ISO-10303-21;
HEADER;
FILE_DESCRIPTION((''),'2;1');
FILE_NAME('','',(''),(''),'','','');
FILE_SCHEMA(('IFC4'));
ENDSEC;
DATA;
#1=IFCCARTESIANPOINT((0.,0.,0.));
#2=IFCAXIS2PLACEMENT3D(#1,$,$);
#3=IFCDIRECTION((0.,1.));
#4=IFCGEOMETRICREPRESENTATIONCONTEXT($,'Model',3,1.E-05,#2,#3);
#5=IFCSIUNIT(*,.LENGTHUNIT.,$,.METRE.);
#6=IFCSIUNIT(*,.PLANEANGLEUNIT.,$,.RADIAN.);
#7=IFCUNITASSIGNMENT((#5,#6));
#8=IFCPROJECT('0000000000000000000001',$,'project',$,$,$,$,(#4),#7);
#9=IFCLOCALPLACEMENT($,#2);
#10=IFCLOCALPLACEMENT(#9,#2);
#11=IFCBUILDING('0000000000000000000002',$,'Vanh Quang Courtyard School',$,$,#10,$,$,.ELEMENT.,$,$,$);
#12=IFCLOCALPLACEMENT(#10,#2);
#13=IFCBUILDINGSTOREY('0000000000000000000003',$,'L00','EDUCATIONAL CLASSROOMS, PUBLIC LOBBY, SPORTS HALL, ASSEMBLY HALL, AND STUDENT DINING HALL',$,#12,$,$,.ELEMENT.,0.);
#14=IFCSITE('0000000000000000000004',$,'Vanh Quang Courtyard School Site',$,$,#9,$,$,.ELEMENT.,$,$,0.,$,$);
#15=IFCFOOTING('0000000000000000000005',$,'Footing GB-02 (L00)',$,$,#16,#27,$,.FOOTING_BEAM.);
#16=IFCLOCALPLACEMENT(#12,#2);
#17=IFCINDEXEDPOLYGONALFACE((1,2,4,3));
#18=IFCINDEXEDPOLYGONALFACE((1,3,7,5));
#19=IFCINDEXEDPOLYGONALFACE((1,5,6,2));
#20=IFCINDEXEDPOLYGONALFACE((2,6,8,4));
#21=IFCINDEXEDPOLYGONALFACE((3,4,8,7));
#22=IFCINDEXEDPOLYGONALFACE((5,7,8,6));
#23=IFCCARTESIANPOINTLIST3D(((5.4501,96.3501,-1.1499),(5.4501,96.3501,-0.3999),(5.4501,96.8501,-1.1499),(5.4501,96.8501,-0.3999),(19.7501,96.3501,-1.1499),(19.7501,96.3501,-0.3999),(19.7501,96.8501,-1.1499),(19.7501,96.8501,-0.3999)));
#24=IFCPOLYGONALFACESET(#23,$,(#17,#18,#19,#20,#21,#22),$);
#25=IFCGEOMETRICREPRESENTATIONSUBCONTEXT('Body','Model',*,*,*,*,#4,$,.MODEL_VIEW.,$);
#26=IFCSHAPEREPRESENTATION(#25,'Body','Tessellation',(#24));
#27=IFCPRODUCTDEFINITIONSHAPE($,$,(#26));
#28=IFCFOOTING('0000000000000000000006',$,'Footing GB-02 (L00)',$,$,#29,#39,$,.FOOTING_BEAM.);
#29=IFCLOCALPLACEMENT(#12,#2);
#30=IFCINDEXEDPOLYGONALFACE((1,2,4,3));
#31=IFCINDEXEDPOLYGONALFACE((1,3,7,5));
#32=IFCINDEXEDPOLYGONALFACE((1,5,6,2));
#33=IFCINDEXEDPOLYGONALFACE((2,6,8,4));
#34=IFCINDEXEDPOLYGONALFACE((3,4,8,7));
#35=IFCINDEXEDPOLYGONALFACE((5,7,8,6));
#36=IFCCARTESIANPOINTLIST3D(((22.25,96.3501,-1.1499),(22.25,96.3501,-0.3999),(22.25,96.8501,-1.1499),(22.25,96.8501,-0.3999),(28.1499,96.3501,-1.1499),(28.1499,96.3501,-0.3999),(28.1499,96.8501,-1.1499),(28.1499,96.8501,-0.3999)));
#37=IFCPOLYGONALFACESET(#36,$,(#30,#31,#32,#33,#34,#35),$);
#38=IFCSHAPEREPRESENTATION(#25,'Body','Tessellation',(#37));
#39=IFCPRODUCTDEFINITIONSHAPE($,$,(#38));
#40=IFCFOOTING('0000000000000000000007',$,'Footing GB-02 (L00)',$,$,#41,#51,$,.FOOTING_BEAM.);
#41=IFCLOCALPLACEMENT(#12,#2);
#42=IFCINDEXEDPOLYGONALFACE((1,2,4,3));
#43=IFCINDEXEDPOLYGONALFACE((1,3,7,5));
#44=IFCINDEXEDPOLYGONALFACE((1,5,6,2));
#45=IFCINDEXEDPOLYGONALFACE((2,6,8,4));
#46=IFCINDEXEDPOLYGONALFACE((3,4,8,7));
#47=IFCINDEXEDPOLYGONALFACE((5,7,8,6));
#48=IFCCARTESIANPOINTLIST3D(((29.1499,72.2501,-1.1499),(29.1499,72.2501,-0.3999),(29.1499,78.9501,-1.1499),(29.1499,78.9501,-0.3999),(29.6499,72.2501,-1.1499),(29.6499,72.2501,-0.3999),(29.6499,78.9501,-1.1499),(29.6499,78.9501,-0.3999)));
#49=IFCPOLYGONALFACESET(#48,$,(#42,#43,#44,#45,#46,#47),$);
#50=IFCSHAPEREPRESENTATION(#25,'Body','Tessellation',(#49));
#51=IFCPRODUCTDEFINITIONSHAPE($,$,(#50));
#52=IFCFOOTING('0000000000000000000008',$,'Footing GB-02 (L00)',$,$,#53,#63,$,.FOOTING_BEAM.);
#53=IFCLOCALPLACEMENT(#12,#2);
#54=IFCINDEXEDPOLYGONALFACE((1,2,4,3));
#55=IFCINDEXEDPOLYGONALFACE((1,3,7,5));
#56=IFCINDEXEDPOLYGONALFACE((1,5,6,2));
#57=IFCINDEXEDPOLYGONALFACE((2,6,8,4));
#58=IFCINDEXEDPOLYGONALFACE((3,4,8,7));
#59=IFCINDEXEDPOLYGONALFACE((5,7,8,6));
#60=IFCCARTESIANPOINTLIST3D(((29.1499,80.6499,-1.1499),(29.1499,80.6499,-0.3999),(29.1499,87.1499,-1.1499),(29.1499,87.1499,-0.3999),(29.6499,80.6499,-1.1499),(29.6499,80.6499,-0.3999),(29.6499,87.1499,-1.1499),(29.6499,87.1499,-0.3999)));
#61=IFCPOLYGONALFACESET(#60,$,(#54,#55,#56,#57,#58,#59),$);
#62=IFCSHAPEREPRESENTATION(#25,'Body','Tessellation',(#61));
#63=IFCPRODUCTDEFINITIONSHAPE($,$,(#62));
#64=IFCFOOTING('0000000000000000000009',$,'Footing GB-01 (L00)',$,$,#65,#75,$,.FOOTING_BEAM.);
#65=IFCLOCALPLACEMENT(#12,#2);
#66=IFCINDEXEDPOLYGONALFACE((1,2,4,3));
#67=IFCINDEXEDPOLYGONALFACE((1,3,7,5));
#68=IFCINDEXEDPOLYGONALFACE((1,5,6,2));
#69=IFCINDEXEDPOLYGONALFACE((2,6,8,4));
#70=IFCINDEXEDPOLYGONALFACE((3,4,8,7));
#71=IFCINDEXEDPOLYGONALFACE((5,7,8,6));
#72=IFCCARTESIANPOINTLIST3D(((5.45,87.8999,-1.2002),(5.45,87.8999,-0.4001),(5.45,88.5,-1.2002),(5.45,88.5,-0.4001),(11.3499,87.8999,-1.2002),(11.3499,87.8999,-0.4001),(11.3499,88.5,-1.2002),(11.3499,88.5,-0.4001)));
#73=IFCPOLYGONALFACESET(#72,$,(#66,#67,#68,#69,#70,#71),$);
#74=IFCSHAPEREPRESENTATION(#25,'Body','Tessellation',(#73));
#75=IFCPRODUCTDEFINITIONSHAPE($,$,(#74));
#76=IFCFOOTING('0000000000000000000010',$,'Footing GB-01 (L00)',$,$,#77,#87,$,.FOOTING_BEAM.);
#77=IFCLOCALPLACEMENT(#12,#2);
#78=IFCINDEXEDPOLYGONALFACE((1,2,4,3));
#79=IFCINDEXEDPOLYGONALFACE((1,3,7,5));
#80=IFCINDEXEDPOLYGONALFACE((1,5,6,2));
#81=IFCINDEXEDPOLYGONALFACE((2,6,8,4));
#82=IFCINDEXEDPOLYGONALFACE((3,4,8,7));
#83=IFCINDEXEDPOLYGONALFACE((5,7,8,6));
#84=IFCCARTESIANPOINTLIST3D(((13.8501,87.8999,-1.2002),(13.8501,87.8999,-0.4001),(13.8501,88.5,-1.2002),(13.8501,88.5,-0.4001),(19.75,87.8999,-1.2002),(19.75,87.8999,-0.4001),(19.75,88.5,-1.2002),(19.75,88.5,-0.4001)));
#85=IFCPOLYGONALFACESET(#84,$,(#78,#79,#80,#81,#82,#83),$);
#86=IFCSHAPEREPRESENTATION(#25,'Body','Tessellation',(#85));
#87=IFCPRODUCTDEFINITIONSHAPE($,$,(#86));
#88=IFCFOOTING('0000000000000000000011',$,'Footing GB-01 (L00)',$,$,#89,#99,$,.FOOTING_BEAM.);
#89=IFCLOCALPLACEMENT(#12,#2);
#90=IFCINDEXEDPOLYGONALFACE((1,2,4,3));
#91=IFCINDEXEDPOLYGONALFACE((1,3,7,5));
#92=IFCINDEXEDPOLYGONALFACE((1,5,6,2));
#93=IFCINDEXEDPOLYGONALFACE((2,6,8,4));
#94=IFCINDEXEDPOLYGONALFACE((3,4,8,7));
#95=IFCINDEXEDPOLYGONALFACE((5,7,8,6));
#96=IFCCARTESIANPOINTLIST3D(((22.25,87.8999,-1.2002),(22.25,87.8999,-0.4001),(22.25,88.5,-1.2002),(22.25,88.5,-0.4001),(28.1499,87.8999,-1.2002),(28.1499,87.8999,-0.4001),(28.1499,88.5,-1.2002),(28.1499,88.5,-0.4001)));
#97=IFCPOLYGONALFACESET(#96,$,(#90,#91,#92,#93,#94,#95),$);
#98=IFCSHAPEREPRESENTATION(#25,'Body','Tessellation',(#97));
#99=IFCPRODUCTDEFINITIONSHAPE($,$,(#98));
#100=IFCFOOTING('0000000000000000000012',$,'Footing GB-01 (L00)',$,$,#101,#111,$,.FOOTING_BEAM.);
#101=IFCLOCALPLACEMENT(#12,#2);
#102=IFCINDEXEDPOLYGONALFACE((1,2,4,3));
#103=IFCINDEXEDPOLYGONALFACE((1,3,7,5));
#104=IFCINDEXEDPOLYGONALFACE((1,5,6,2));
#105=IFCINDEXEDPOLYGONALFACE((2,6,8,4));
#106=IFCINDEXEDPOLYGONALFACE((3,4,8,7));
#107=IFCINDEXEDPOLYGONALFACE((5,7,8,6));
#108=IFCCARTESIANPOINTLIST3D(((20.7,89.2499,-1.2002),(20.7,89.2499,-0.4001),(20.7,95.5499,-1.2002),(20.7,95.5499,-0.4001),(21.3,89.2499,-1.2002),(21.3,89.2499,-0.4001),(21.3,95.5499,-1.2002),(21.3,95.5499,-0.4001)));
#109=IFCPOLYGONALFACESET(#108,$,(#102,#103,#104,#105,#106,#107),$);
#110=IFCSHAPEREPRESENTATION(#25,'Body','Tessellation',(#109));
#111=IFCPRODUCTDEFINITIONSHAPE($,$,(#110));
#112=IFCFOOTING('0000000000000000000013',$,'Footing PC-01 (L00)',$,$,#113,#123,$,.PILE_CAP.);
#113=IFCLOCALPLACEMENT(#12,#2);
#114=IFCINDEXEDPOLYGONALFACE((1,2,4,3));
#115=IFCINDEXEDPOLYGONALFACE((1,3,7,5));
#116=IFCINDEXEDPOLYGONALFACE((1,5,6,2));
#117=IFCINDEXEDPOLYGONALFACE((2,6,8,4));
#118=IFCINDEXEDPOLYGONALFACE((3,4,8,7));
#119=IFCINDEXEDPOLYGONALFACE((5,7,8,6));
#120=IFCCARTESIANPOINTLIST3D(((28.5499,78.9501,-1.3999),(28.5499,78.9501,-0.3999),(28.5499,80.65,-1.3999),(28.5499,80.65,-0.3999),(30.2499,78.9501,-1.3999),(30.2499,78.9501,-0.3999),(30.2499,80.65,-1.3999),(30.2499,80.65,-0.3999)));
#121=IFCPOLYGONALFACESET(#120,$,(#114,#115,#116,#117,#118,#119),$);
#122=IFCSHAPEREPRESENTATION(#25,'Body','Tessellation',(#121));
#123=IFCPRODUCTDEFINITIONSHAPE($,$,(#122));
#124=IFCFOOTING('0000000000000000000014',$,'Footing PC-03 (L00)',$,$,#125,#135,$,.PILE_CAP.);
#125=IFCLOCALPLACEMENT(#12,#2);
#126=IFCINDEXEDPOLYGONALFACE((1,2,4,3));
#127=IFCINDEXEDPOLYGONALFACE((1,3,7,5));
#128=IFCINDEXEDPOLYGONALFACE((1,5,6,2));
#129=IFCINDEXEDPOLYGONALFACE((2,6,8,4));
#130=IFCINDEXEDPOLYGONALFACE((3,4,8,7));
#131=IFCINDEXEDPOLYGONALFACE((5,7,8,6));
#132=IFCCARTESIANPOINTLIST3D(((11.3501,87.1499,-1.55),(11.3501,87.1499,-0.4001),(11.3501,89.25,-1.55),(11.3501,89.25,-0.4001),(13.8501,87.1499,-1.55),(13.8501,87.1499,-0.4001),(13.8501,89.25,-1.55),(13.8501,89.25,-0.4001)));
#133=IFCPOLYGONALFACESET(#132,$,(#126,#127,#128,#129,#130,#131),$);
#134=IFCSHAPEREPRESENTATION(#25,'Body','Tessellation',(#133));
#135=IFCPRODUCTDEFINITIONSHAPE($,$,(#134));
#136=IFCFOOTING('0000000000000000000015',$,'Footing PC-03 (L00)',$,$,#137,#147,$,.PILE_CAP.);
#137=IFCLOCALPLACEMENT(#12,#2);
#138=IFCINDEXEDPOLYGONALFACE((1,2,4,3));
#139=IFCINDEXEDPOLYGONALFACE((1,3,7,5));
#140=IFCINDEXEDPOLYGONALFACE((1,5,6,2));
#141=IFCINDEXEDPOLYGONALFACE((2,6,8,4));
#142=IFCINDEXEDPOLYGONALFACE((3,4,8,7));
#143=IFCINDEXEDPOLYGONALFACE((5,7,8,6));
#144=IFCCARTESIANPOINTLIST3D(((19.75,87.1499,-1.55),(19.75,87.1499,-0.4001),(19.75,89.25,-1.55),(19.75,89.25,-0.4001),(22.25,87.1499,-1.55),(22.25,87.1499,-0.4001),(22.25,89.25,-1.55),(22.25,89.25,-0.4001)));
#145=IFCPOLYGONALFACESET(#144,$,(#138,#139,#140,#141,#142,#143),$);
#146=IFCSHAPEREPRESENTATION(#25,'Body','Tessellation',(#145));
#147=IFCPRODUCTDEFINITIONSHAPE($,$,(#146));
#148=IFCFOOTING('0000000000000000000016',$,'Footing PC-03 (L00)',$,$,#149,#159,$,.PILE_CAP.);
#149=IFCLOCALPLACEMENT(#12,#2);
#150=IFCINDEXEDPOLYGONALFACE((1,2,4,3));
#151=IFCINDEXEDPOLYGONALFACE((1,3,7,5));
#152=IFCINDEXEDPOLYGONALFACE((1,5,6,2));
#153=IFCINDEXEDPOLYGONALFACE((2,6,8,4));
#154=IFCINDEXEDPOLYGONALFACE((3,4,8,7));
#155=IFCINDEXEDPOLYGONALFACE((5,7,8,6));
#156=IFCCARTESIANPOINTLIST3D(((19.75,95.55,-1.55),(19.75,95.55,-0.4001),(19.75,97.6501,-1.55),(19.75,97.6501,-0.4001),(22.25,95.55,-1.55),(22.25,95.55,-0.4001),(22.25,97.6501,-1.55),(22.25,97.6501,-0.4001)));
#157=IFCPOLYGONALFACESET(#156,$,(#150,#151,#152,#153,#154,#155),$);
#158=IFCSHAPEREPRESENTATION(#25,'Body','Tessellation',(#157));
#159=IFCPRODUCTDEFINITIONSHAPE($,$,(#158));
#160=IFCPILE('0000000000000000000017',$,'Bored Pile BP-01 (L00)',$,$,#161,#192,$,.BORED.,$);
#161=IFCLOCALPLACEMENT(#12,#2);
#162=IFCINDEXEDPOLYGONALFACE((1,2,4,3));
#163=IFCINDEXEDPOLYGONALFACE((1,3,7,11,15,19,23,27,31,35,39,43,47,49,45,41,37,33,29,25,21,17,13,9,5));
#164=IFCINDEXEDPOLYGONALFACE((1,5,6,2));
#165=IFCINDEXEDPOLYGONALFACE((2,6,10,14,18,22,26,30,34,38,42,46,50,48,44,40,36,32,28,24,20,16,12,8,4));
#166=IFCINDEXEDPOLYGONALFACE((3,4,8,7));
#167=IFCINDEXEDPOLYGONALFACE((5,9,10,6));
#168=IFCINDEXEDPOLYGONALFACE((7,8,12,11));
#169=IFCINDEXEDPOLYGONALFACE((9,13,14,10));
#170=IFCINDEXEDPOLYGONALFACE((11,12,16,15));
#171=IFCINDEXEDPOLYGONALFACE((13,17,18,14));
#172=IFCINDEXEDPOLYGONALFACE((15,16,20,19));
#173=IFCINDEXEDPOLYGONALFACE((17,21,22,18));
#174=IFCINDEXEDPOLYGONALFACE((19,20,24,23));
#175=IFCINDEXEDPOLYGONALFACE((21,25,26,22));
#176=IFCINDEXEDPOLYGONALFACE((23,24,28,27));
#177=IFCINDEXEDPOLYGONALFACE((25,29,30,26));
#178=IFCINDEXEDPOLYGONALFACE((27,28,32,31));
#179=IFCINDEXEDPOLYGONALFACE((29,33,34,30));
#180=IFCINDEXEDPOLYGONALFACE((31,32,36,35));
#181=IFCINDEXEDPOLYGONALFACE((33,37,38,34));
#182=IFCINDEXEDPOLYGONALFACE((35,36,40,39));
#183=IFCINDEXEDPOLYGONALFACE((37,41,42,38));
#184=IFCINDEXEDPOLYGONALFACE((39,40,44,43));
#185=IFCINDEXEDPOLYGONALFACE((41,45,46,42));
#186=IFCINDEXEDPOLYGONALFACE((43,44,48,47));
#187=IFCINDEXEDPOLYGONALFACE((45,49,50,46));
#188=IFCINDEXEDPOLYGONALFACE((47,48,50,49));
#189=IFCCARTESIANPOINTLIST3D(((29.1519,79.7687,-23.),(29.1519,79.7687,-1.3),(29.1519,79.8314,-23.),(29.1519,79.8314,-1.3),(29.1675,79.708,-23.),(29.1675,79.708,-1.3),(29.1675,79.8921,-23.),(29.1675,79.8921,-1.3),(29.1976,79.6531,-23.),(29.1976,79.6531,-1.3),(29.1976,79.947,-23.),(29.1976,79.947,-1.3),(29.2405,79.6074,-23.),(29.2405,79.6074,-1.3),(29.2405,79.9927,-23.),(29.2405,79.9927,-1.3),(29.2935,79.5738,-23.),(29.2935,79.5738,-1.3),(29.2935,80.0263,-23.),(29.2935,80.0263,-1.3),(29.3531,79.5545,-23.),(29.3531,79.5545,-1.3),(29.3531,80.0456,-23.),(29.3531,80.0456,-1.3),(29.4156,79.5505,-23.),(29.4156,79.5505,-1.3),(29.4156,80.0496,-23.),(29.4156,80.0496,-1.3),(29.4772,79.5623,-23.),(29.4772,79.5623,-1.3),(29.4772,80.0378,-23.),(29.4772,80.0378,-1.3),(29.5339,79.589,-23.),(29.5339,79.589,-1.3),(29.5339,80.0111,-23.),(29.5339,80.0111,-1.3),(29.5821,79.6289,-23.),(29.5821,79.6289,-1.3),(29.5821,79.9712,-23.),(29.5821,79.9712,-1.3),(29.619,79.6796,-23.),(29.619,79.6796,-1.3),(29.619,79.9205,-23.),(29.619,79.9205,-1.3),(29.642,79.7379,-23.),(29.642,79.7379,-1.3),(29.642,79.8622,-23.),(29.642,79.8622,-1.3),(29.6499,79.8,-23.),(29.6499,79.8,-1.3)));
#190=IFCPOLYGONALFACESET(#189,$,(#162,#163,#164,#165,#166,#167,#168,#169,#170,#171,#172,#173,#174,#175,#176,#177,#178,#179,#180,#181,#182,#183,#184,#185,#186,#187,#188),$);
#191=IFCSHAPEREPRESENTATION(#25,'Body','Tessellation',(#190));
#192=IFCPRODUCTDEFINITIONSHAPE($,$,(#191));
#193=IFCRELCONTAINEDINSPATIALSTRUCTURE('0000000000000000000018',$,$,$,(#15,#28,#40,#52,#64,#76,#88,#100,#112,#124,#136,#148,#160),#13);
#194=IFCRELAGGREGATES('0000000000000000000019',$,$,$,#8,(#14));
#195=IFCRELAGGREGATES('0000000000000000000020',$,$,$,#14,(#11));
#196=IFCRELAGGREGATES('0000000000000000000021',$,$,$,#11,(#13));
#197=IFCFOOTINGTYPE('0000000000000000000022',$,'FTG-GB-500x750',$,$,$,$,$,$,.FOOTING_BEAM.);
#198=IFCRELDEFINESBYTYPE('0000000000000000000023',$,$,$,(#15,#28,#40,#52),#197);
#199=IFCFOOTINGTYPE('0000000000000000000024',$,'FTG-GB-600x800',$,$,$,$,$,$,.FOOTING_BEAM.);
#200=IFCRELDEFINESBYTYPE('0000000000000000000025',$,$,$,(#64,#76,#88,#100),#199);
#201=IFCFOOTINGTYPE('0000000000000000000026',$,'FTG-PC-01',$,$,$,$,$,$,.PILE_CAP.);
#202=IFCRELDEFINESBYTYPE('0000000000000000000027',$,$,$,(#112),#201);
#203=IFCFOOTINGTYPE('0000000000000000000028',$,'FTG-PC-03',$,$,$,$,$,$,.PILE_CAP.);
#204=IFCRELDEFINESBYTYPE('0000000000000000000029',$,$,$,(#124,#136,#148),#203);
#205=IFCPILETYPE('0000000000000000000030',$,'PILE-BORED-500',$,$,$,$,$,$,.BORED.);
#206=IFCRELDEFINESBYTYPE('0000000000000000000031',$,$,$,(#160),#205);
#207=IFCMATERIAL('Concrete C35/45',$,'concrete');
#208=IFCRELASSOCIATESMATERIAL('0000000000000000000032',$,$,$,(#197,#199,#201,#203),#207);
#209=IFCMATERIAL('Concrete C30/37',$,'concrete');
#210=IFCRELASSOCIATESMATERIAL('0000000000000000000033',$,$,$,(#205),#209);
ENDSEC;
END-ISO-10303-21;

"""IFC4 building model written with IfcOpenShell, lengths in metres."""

from ifc_helpers import new_model, si_unit, direction, frame, origin, origin_2d, place, context, subcontext, project, spatial, rectangle, circle, extrude, material, material_profile, profile_set, type_object, element, save


model = new_model("IFC4")

# Units and contexts
model_context = context("Model", 3, precision=1e-05, world=origin(), true_north=direction((0.0, 1.0)))
body_context = subcontext(model_context, "Body", "Model", "MODEL_VIEW")
ifc_project = project(units=[si_unit("LENGTHUNIT", "METRE"), si_unit("PLANEANGLEUNIT", "RADIAN")], contexts=[model_context])

# Site, building, storey
site_placement = place(None, origin())
site = spatial("IfcSite", under=ifc_project, at=site_placement, Name="Vanh Quang Courtyard School Site", CompositionType="ELEMENT", RefElevation=0.0)
building_placement = place(site_placement, origin())
building = spatial("IfcBuilding", under=site, at=building_placement, Name="Vanh Quang Courtyard School", CompositionType="ELEMENT")
storey_placement = place(building_placement, origin())
storey = spatial("IfcBuildingStorey", under=building, at=storey_placement, Name="L00", Description="EDUCATIONAL CLASSROOMS, PUBLIC LOBBY, SPORTS HALL, ASSEMBLY HALL, AND STUDENT DINING HALL", CompositionType="ELEMENT", Elevation=0.0)

# Footings
ifc_material_1 = material(Name="Concrete C35/45", Category="concrete")
footing_type_1 = type_object("IfcFootingType", Name="FTG-GB-500x750", PredefinedType="FOOTING_BEAM", material=ifc_material_1)
footing_1_placement = place(storey_placement, frame((12.6001, 96.6001, -1.1499), z_axis=(0.0, 0.0, 1.0), x_axis=(1.0, 0.0, 0.0)))
element("IfcFooting", 1, at=footing_1_placement, inside=storey, type_object=footing_type_1, Name="Footing GB-02 (L00)", PredefinedType="FOOTING_BEAM", context=body_context, shape_type="SweptSolid", body=[
    extrude(rectangle(XDim=14.3, YDim=0.5, at=origin_2d()), origin(), (0.0, 0.0, 1.0), 0.75),
])
footing_2_placement = place(storey_placement, frame((25.2, 96.6001, -1.1499), z_axis=(0.0, 0.0, 1.0), x_axis=(1.0, 0.0, 0.0)))
element("IfcFooting", 2, at=footing_2_placement, inside=storey, type_object=footing_type_1, Name="Footing GB-02 (L00)", PredefinedType="FOOTING_BEAM", context=body_context, shape_type="SweptSolid", body=[
    extrude(rectangle(XDim=5.8999, YDim=0.5, at=origin_2d()), origin(), (0.0, 0.0, 1.0), 0.75),
])
footing_3_placement = place(storey_placement, frame((29.3999, 75.6001, -1.1499), z_axis=(0.0, 0.0, 1.0), x_axis=(0.0, 1.0, 0.0)))
element("IfcFooting", 3, at=footing_3_placement, inside=storey, type_object=footing_type_1, Name="Footing GB-02 (L00)", PredefinedType="FOOTING_BEAM", context=body_context, shape_type="SweptSolid", body=[
    extrude(rectangle(XDim=6.7, YDim=0.5, at=origin_2d()), origin(), (0.0, 0.0, 1.0), 0.75),
])
footing_4_placement = place(storey_placement, frame((29.3999, 83.8999, -1.1499), z_axis=(0.0, 0.0, 1.0), x_axis=(0.0, 1.0, 0.0)))
element("IfcFooting", 4, at=footing_4_placement, inside=storey, type_object=footing_type_1, Name="Footing GB-02 (L00)", PredefinedType="FOOTING_BEAM", context=body_context, shape_type="SweptSolid", body=[
    extrude(rectangle(XDim=6.5, YDim=0.5, at=origin_2d()), origin(), (0.0, 0.0, 1.0), 0.75),
])
footing_type_2 = type_object("IfcFootingType", Name="FTG-GB-600x800", PredefinedType="FOOTING_BEAM", material=ifc_material_1)
for number, where, z_axis, x_axis, name in (
    (5, (8.3999, 88.2, -1.2002), (0.0, 0.0, 1.0), (1.0, 0.0, 0.0), "Footing GB-01 (L00)"),
    (6, (16.8, 88.2, -1.2002), (0.0, 0.0, 1.0), (1.0, 0.0, 0.0), "Footing GB-01 (L00)"),
    (7, (25.2, 88.2, -1.2002), (0.0, 0.0, 1.0), (1.0, 0.0, 0.0), "Footing GB-01 (L00)"),
):
    element("IfcFooting", number, at=place(storey_placement, frame(where, z_axis=z_axis, x_axis=x_axis)), inside=storey, type_object=footing_type_2, Name=name, PredefinedType="FOOTING_BEAM", context=body_context, shape_type="SweptSolid", body=[
        extrude(rectangle(XDim=5.8999, YDim=0.6001, at=origin_2d()), origin(), (0.0, 0.0, 1.0), 0.8),
    ])
footing_5_placement = place(storey_placement, frame((21.0, 92.3999, -1.2002), z_axis=(0.0, 0.0, 1.0), x_axis=(0.0, 1.0, 0.0)))
element("IfcFooting", 8, at=footing_5_placement, inside=storey, type_object=footing_type_2, Name="Footing GB-01 (L00)", PredefinedType="FOOTING_BEAM", context=body_context, shape_type="SweptSolid", body=[
    extrude(rectangle(XDim=6.3, YDim=0.6001, at=origin_2d()), origin(), (0.0, 0.0, 1.0), 0.8),
])
footing_type_3 = type_object("IfcFootingType", Name="FTG-PC-01", PredefinedType="PILE_CAP", material=ifc_material_1)
footing_6_placement = place(storey_placement, frame((29.3999, 79.8, -1.3999), z_axis=(0.0, 0.0, 1.0), x_axis=(1.0, 0.0, 0.0)))
element("IfcFooting", 9, at=footing_6_placement, inside=storey, type_object=footing_type_3, Name="Footing PC-01 (L00)", PredefinedType="PILE_CAP", context=body_context, shape_type="SweptSolid", body=[
    extrude(rectangle(XDim=1.7, YDim=1.7, at=origin_2d()), origin(), (0.0, 0.0, 1.0), 1.0),
])
footing_type_4 = type_object("IfcFootingType", Name="FTG-PC-03", PredefinedType="PILE_CAP", material=ifc_material_1)
for number, where, z_axis, x_axis, name in (
    (10, (12.6001, 88.2, -1.55), (0.0, 0.0, 1.0), (1.0, 0.0, 0.0), "Footing PC-03 (L00)"),
    (11, (21.0, 88.2, -1.55), (0.0, 0.0, 1.0), (1.0, 0.0, 0.0), "Footing PC-03 (L00)"),
    (12, (21.0, 96.6001, -1.55), (0.0, 0.0, 1.0), (1.0, 0.0, 0.0), "Footing PC-03 (L00)"),
):
    element("IfcFooting", number, at=place(storey_placement, frame(where, z_axis=z_axis, x_axis=x_axis)), inside=storey, type_object=footing_type_4, Name=name, PredefinedType="PILE_CAP", context=body_context, shape_type="SweptSolid", body=[
        extrude(rectangle(XDim=2.5, YDim=2.1001, at=origin_2d()), origin(), (0.0, 0.0, 1.0), 1.1499),
    ])

# Pile
ifc_material_2 = material(Name="Concrete C30/37", Category="concrete")
ifc_material_profile_1 = material_profile(ifc_material_2, circle(Radius=0.25, at=origin_2d()), Name="PILE D500")
ifc_profile_set_1 = profile_set([ifc_material_profile_1], Name="Concrete C30/37")
pile_type_1 = type_object("IfcPileType", Name="PILE-BORED-500", PredefinedType="BORED", material=ifc_profile_set_1)
pile_placement = place(storey_placement, frame((29.3999, 79.8, -1.3), z_axis=(0.0, 0.0, -1.0), x_axis=(1.0, 0.0, 0.0)))
element("IfcPile", 13, at=pile_placement, inside=storey, type_object=pile_type_1, Name="Bored Pile BP-01 (L00)", PredefinedType="BORED", context=body_context, shape_type="SweptSolid", body=[
    extrude(circle(Radius=0.25, at=origin_2d()), origin(), (0.0, 0.0, 1.0), 21.7),
])

save(model, "model.ifc")
